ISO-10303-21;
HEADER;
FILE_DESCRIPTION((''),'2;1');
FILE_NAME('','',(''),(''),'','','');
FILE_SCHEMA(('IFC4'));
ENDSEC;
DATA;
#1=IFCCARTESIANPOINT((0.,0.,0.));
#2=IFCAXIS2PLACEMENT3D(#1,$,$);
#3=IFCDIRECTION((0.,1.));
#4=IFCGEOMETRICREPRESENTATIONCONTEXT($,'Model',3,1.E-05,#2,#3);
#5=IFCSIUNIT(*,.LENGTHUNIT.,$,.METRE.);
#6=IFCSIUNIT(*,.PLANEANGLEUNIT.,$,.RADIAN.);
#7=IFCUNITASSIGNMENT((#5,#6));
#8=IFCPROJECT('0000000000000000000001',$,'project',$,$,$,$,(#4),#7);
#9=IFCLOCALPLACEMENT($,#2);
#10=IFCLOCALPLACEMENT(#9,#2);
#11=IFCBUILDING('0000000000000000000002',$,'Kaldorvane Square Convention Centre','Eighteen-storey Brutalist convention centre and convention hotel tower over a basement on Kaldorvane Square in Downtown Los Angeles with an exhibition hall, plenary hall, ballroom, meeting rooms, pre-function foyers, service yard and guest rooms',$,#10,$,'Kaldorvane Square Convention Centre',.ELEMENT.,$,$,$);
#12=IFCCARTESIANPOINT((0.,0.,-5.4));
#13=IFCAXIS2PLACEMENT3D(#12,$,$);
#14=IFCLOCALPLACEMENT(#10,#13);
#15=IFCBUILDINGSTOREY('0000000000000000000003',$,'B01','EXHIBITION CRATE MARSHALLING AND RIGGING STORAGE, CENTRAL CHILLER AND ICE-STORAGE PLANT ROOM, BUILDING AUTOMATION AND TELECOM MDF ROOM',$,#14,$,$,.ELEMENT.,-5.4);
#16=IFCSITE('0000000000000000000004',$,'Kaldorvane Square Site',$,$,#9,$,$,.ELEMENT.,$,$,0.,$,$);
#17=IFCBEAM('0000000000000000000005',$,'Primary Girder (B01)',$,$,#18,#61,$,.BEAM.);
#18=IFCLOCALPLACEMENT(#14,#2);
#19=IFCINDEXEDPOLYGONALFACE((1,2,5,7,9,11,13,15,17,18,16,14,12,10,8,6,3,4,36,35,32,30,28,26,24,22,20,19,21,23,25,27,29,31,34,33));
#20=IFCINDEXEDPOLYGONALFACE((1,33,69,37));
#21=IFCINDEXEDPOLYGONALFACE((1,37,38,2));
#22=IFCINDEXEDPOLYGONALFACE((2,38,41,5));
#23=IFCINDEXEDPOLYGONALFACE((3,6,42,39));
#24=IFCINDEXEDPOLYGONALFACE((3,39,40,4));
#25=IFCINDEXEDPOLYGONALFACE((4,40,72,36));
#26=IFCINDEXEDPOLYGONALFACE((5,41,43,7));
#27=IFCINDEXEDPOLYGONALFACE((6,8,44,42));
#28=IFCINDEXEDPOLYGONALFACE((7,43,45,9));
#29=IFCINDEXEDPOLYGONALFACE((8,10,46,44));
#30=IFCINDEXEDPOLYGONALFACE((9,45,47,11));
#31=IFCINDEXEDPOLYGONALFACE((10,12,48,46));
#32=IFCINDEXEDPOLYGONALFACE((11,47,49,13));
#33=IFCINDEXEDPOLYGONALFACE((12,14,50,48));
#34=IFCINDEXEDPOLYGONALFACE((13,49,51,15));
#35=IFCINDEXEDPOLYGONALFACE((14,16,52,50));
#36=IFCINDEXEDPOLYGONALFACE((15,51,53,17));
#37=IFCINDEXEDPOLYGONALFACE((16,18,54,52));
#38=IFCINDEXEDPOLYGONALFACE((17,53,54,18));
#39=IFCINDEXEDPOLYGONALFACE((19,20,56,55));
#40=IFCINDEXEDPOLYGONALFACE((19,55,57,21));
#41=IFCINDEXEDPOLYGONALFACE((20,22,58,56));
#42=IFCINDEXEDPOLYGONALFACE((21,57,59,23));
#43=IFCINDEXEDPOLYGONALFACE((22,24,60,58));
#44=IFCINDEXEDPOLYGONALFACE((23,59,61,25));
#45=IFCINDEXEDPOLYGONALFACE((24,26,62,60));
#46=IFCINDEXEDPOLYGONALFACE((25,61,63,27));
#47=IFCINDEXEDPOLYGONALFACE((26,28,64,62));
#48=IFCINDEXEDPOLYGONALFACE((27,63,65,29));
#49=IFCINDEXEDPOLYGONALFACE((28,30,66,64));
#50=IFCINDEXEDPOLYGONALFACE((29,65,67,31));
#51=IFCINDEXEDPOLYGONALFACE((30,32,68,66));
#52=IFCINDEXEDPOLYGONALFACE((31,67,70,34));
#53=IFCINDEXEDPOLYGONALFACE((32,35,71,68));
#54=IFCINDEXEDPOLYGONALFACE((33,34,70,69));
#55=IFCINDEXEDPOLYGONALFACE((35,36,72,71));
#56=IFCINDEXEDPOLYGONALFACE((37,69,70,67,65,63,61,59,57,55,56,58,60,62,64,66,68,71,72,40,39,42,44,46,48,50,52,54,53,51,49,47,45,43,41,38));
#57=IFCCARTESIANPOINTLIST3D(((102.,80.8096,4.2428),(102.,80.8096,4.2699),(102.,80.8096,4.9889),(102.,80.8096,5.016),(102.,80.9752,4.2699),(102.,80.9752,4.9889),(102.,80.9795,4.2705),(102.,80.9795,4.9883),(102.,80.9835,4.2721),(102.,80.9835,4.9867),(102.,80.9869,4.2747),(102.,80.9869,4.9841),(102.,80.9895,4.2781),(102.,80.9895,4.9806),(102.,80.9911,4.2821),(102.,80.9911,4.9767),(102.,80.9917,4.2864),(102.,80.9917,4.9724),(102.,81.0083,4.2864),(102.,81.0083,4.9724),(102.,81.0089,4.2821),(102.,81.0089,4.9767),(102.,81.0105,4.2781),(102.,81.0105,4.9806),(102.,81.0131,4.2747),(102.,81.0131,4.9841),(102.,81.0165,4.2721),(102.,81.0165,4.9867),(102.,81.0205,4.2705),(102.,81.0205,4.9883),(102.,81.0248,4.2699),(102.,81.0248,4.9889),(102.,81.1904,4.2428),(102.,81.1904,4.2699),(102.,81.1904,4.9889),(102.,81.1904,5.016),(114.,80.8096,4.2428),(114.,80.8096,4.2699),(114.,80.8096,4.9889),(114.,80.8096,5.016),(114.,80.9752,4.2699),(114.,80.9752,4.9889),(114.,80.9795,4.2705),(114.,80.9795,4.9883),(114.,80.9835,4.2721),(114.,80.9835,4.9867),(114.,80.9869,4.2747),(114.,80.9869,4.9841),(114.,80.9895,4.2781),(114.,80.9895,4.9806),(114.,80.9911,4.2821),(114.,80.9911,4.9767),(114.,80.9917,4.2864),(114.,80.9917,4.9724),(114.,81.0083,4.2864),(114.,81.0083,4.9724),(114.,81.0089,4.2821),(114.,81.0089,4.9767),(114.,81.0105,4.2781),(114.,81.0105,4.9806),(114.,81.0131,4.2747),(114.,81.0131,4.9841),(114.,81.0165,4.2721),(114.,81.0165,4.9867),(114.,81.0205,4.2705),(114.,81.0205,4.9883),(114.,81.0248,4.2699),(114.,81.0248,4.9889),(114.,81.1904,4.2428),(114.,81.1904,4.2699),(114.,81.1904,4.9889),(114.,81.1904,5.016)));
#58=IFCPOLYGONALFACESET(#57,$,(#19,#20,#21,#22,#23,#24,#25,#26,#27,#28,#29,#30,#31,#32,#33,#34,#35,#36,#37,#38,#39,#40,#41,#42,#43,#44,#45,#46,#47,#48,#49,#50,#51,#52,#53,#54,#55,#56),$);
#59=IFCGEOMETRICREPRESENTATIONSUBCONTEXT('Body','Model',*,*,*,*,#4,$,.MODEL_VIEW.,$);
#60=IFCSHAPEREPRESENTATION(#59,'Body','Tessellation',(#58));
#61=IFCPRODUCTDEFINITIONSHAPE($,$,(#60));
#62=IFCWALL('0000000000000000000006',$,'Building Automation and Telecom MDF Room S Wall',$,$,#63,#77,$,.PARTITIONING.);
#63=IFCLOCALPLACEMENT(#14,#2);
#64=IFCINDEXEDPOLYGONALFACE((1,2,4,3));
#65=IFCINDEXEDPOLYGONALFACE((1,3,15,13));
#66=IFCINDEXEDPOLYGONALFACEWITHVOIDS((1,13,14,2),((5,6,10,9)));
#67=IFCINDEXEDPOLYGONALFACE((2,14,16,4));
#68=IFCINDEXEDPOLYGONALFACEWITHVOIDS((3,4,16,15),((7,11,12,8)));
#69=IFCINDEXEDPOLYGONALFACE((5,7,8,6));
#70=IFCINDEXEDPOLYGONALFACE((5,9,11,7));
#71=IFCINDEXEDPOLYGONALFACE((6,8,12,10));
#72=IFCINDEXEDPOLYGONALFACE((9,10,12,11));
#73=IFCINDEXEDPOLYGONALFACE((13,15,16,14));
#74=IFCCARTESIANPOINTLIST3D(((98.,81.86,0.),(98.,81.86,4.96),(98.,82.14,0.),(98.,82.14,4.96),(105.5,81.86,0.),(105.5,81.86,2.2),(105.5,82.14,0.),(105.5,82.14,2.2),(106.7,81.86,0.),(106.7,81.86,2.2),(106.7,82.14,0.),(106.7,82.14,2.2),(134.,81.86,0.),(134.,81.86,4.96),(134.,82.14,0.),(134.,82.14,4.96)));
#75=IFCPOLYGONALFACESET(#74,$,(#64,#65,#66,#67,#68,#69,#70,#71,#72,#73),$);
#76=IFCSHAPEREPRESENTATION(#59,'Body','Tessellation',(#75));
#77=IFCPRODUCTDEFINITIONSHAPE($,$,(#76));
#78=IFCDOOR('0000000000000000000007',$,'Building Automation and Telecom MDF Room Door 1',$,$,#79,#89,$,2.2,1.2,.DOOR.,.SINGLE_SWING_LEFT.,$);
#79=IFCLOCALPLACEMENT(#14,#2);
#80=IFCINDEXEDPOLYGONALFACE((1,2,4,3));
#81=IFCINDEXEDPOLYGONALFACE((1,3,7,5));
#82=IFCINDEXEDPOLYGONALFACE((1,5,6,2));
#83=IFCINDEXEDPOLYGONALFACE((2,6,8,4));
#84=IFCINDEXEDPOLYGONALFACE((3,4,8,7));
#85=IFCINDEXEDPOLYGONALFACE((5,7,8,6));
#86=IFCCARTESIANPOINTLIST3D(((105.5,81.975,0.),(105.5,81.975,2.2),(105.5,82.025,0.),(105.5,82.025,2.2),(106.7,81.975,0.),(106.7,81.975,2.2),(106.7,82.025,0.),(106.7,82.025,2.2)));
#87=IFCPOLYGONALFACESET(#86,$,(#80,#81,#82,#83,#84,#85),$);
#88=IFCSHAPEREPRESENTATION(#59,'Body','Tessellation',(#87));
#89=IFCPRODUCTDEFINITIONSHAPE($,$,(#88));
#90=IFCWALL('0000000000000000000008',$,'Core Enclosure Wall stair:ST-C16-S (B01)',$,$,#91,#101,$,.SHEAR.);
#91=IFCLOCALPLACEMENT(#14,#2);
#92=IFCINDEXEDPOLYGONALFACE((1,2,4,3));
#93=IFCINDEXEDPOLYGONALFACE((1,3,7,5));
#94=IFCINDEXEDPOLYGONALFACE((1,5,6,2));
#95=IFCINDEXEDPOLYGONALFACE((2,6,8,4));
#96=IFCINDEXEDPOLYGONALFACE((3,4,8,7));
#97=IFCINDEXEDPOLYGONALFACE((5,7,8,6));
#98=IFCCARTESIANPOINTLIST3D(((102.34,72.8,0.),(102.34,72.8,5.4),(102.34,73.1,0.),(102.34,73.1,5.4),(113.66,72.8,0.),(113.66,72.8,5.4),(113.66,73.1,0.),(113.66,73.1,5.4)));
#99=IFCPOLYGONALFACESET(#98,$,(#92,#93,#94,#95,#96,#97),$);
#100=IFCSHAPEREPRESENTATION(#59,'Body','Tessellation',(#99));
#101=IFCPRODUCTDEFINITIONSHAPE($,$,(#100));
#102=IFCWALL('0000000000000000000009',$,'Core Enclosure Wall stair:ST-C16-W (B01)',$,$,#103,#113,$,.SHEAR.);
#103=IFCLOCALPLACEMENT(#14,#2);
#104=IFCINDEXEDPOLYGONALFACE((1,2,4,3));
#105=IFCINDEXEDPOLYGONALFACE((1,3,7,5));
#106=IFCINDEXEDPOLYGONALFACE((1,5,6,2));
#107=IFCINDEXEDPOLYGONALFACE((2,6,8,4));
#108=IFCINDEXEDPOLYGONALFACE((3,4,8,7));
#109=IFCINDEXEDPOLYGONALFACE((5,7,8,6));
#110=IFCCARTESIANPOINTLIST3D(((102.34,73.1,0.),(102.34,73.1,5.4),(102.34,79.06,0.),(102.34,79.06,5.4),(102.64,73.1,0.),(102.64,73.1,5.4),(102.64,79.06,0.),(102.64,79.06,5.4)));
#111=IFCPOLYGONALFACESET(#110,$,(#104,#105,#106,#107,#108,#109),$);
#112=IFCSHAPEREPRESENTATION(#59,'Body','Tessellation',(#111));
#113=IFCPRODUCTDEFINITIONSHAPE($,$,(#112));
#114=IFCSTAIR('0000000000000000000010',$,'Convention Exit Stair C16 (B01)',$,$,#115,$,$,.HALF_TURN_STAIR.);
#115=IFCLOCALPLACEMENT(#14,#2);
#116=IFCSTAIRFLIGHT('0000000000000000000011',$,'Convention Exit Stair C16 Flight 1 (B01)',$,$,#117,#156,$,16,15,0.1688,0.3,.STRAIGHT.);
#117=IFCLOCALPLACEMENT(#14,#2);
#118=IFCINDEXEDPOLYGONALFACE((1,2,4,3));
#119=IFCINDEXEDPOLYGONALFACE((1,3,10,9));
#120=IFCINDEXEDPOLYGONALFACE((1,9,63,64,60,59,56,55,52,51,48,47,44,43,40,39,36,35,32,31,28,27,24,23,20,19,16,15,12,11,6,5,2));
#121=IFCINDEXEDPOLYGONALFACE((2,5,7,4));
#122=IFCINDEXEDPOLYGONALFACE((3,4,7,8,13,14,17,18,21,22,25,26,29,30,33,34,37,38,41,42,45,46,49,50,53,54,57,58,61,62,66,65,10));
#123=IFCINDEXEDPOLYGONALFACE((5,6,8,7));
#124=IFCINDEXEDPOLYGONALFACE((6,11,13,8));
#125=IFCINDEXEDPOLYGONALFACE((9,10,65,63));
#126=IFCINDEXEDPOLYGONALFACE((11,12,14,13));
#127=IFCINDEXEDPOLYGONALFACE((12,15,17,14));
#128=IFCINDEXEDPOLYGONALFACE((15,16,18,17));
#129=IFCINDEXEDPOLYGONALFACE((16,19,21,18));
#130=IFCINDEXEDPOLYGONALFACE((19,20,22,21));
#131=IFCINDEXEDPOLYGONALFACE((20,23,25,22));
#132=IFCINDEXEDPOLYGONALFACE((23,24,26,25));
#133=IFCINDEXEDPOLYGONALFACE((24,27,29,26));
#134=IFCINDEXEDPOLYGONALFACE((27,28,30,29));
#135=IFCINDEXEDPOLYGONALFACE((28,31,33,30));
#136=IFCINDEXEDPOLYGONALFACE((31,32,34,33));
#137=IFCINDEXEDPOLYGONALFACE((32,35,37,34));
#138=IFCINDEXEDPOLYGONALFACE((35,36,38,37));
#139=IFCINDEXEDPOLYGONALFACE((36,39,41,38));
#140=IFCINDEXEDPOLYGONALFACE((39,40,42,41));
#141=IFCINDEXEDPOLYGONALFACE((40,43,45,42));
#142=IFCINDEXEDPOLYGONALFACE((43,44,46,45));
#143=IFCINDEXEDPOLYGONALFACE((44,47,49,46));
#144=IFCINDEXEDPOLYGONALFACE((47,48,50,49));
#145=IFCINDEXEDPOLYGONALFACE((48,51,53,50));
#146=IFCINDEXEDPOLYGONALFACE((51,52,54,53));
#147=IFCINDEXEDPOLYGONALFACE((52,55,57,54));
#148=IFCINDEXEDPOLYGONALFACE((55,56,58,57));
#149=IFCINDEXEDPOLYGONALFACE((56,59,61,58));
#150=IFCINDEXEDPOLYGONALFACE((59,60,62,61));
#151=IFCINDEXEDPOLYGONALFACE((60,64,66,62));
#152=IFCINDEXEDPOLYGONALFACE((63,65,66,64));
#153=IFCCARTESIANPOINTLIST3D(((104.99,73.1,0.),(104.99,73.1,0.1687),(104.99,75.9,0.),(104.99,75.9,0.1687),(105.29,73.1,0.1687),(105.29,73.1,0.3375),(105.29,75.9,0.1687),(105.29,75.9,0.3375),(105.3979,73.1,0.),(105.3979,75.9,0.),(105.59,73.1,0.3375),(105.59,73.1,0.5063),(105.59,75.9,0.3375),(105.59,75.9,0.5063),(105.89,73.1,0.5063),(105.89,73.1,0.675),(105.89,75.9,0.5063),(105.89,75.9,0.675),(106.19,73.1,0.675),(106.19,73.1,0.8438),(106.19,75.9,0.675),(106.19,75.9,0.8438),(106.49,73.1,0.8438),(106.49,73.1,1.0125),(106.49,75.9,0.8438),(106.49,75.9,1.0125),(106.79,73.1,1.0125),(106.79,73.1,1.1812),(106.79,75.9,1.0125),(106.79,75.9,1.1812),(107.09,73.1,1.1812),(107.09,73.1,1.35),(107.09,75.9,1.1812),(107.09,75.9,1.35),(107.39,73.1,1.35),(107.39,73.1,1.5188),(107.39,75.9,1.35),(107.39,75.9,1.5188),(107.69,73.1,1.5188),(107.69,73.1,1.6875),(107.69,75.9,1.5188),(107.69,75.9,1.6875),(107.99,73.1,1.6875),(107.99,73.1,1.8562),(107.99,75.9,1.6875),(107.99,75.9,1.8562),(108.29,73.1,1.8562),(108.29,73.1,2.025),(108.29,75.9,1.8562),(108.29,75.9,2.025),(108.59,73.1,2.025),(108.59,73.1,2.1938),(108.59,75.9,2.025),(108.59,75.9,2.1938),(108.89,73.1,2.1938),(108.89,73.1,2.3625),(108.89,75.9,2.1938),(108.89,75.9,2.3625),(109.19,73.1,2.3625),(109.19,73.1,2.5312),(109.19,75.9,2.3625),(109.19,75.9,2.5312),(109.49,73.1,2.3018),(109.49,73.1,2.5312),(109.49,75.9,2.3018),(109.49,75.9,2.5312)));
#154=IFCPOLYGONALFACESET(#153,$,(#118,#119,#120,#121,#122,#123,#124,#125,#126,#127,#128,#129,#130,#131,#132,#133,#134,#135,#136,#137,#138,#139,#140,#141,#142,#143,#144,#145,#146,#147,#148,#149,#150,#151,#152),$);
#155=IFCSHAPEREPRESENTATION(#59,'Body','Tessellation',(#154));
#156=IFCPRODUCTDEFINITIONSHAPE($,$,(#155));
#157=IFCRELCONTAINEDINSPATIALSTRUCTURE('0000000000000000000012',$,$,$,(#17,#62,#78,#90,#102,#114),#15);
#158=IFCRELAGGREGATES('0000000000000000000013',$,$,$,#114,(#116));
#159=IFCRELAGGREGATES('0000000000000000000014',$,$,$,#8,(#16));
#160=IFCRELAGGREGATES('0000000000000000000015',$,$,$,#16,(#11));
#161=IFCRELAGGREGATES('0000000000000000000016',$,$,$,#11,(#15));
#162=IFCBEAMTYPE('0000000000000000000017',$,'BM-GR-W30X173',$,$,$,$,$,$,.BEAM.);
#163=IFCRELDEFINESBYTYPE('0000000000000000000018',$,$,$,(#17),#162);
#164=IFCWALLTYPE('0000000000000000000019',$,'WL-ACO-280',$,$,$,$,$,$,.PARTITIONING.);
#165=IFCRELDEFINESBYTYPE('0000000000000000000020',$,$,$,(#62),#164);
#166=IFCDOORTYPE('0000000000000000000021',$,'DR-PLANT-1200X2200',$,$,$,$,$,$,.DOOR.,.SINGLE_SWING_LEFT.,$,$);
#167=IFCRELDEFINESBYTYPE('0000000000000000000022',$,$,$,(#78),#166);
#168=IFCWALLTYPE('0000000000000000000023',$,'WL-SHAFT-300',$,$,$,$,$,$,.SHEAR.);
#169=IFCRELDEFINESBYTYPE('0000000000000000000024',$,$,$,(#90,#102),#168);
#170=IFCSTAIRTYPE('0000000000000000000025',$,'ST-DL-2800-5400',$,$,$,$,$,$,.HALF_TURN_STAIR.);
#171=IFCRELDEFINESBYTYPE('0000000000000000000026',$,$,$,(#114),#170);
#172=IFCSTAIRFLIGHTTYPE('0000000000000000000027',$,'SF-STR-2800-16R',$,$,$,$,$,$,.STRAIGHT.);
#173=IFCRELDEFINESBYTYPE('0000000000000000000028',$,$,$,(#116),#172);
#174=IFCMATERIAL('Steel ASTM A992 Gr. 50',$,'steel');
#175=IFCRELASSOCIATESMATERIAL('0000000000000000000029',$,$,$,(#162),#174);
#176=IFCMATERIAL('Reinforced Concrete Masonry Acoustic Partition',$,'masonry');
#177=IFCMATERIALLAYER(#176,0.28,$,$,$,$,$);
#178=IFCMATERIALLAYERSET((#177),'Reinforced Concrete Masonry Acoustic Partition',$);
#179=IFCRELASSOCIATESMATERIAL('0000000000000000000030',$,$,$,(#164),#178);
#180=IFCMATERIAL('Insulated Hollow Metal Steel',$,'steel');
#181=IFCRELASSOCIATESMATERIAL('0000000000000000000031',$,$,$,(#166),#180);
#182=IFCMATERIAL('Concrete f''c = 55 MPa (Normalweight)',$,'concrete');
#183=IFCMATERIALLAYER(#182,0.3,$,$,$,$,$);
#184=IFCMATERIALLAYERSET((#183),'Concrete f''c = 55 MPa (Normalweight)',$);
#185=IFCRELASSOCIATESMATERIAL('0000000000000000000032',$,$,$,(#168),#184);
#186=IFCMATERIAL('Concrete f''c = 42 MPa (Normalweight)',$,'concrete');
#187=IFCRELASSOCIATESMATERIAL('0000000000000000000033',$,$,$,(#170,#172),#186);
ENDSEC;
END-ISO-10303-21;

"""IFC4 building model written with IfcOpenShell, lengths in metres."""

from ifc_helpers import new_model, si_unit, direction, frame, frame_2d, origin, origin_2d, place, context, subcontext, project, spatial, polyline, rectangle, i_section, outline, extrude, material, layer, layer_set, material_profile, profile_set, type_object, element, fill, aggregate, save


model = new_model("IFC4")

# Units and contexts
model_context = context("Model", 3, precision=1e-05, world=origin(), true_north=direction((0.0, 1.0)))
body_context = subcontext(model_context, "Body", "Model", "MODEL_VIEW")
ifc_project = project(units=[si_unit("LENGTHUNIT", "METRE"), si_unit("PLANEANGLEUNIT", "RADIAN")], contexts=[model_context])

# Site, building, storey
site_placement = place(None, origin())
site = spatial("IfcSite", under=ifc_project, at=site_placement, Name="Kaldorvane Square Site", CompositionType="ELEMENT", RefElevation=0.0)
building_placement = place(site_placement, origin())
building = spatial("IfcBuilding", under=site, at=building_placement, Name="Kaldorvane Square Convention Centre", Description="Eighteen-storey Brutalist convention centre and convention hotel tower over a basement on Kaldorvane Square in Downtown Los Angeles with an exhibition hall, plenary hall, ballroom, meeting rooms, pre-function foyers, service yard and guest rooms", LongName="Kaldorvane Square Convention Centre", CompositionType="ELEMENT")
storey_placement = place(building_placement, frame((0.0, 0.0, -5.4)))
storey = spatial("IfcBuildingStorey", under=building, at=storey_placement, Name="B01", Description="EXHIBITION CRATE MARSHALLING AND RIGGING STORAGE, CENTRAL CHILLER AND ICE-STORAGE PLANT ROOM, BUILDING AUTOMATION AND TELECOM MDF ROOM", CompositionType="ELEMENT", Elevation=-5.4)

# Shared definitions
ifc_material_1 = material(Name="Concrete f'c = 42 MPa (Normalweight)", Category="concrete")

# Shared definitions
ifc_material_2 = material(Name="Concrete f'c = 55 MPa (Normalweight)", Category="concrete")
ifc_material_3 = material(Name="Steel ASTM A992 Gr. 50", Category="steel")

# Beam
ifc_material_profile_1 = material_profile(ifc_material_3, i_section(OverallWidth=0.3807, OverallDepth=0.7732, WebThickness=0.0166, FlangeThickness=0.0271, FilletRadius=0.0165, at=origin_2d()), Name="W30X173")
ifc_profile_set_1 = profile_set([ifc_material_profile_1], Name="Steel ASTM A992 Gr. 50")
beam_type_1 = type_object("IfcBeamType", Name="BM-GR-W30X173", PredefinedType="BEAM", material=ifc_profile_set_1)
for number, where, z_axis, x_axis, name in (
    (1, (102.0, 81.0, 4.6294), (1.0, 0.0, 0.0), (0.0, 1.0, 0.0), "Primary Girder (B01)"),
):
    element("IfcBeam", number, at=place(storey_placement, frame(where, z_axis=z_axis, x_axis=x_axis)), inside=storey, type_object=beam_type_1, Name=name, PredefinedType="BEAM", context=body_context, shape_type="SweptSolid", body=[
        extrude(i_section(OverallWidth=0.3807, OverallDepth=0.7732, WebThickness=0.0166, FlangeThickness=0.0271, FilletRadius=0.0165, at=origin_2d()), origin(), (0.0, 0.0, 1.0), 12.0),
    ])

# Wall, opening, door
ifc_material_4 = material(Name="Reinforced Concrete Masonry Acoustic Partition", Category="masonry")
ifc_layer_1 = layer(ifc_material_4, 0.28)
ifc_layer_set_1 = layer_set([ifc_layer_1], Name="Reinforced Concrete Masonry Acoustic Partition")
wall_type_1 = type_object("IfcWallType", Name="WL-ACO-280", PredefinedType="PARTITIONING", material=ifc_layer_set_1)
wall_1_placement = place(storey_placement, frame((98.0, 82.0, 0.0), z_axis=(0.0, 0.0, 1.0), x_axis=(1.0, 0.0, 0.0)))
wall_1 = element("IfcWall", 2, at=wall_1_placement, inside=storey, type_object=wall_type_1, Name="Building Automation and Telecom MDF Room S Wall", PredefinedType="PARTITIONING", context=body_context, shape_type="SweptSolid", body=[
    extrude(rectangle(XDim=36.0, YDim=0.28, at=frame_2d((18.0, 0.0))), origin(), (0.0, 0.0, 1.0), 4.96),
])
opening_placement = place(wall_1_placement, frame((7.5, 0.0, 0.0)))
opening = element("IfcOpeningElement", 3, at=opening_placement, cuts=wall_1, PredefinedType="OPENING", context=body_context, shape_type="SweptSolid", body=[
    extrude(rectangle(XDim=1.2, YDim=2.2, at=frame_2d((0.6, 1.1))), frame((0.0, 0.155, 0.0), z_axis=(0.0, -1.0, 0.0), x_axis=(1.0, 0.0, 0.0)), (0.0, 0.0, 1.0), 0.31),
])
ifc_material_5 = material(Name="Insulated Hollow Metal Steel", Category="steel")
door_type = type_object("IfcDoorType", Name="DR-PLANT-1200X2200", OperationType="SINGLE_SWING_LEFT", PredefinedType="DOOR", material=ifc_material_5)
door_placement = place(opening_placement, origin())
door = element("IfcDoor", 4, at=door_placement, inside=storey, type_object=door_type, Name="Building Automation and Telecom MDF Room Door 1", OperationType="SINGLE_SWING_LEFT", OverallHeight=2.2, OverallWidth=1.2, PredefinedType="DOOR", context=body_context, shape_type="SweptSolid", body=[
    extrude(rectangle(XDim=1.2, YDim=2.2, at=frame_2d((0.6, 1.1))), frame((0.0, 0.025, 0.0), z_axis=(0.0, -1.0, 0.0), x_axis=(1.0, 0.0, 0.0)), (0.0, 0.0, 1.0), 0.05),
])
fill(opening, door)

# Walls
ifc_layer_2 = layer(ifc_material_2, 0.3)
ifc_layer_set_2 = layer_set([ifc_layer_2], Name="Concrete f'c = 55 MPa (Normalweight)")
wall_type_2 = type_object("IfcWallType", Name="WL-SHAFT-300", PredefinedType="SHEAR", material=ifc_layer_set_2)
wall_2_placement = place(storey_placement, frame((102.34, 72.95, 0.0), z_axis=(0.0, 0.0, 1.0), x_axis=(1.0, 0.0, 0.0)))
element("IfcWall", 5, at=wall_2_placement, inside=storey, type_object=wall_type_2, Name="Core Enclosure Wall stair:ST-C16-S (B01)", PredefinedType="SHEAR", context=body_context, shape_type="SweptSolid", body=[
    extrude(rectangle(XDim=11.32, YDim=0.3, at=frame_2d((5.66, 0.0))), origin(), (0.0, 0.0, 1.0), 5.4),
])
wall_3_placement = place(storey_placement, frame((102.49, 79.06, 0.0), z_axis=(0.0, 0.0, 1.0), x_axis=(0.0, -1.0, 0.0)))
element("IfcWall", 6, at=wall_3_placement, inside=storey, type_object=wall_type_2, Name="Core Enclosure Wall stair:ST-C16-W (B01)", PredefinedType="SHEAR", context=body_context, shape_type="SweptSolid", body=[
    extrude(rectangle(XDim=5.96, YDim=0.3, at=frame_2d((2.98, 0.0))), origin(), (0.0, 0.0, 1.0), 5.4),
])

# Stair, stair flight
stair_type = type_object("IfcStairType", Name="ST-DL-2800-5400", PredefinedType="HALF_TURN_STAIR", material=ifc_material_1)
stair_placement = place(storey_placement, origin())
stair = element("IfcStair", 7, at=stair_placement, inside=storey, type_object=stair_type, Name="Convention Exit Stair C16 (B01)", PredefinedType="HALF_TURN_STAIR")
stair_flight_type = type_object("IfcStairFlightType", Name="SF-STR-2800-16R", PredefinedType="STRAIGHT", material=ifc_material_1)
stair_flight_placement = place(storey_placement, frame((104.99, 74.5, 0.0), z_axis=(0.0, 0.0, 1.0), x_axis=(1.0, 0.0, 0.0)))
stair_flight = element("IfcStairFlight", 8, at=stair_flight_placement, type_object=stair_flight_type, Name="Convention Exit Stair C16 Flight 1 (B01)", NumberOfRisers=16, NumberOfTreads=15, PredefinedType="STRAIGHT", RiserHeight=0.1688, TreadLength=0.3, context=body_context, shape_type="SweptSolid", body=[
    extrude(outline(polyline([(0.0, 0.0), (0.0, 0.1687), (0.3, 0.1687), (0.3, 0.3375), (0.6, 0.3375), (0.6, 0.5063), (0.9, 0.5063), (0.9, 0.675), (1.2, 0.675), (1.2, 0.8438), (1.5, 0.8438), (1.5, 1.0125), (1.8, 1.0125), (1.8, 1.1812), (2.1, 1.1812), (2.1, 1.35), (2.4, 1.35), (2.4, 1.5188), (2.7, 1.5188), (2.7, 1.6875), (3.0, 1.6875), (3.0, 1.8562), (3.3, 1.8562), (3.3, 2.025), (3.6, 2.025), (3.6, 2.1938), (3.9, 2.1938), (3.9, 2.3625), (4.2, 2.3625), (4.2, 2.5312), (4.5, 2.5312), (4.5, 2.7), (4.5, 2.3018), (0.4079, 0.0), (0.0, 0.0)])), frame((0.0, 1.4, 0.0), z_axis=(0.0, -1.0, 0.0), x_axis=(1.0, 0.0, 0.0)), (0.0, 0.0, 1.0), 2.8),
])
aggregate(stair, [stair_flight])

save(model, "model.ifc")
